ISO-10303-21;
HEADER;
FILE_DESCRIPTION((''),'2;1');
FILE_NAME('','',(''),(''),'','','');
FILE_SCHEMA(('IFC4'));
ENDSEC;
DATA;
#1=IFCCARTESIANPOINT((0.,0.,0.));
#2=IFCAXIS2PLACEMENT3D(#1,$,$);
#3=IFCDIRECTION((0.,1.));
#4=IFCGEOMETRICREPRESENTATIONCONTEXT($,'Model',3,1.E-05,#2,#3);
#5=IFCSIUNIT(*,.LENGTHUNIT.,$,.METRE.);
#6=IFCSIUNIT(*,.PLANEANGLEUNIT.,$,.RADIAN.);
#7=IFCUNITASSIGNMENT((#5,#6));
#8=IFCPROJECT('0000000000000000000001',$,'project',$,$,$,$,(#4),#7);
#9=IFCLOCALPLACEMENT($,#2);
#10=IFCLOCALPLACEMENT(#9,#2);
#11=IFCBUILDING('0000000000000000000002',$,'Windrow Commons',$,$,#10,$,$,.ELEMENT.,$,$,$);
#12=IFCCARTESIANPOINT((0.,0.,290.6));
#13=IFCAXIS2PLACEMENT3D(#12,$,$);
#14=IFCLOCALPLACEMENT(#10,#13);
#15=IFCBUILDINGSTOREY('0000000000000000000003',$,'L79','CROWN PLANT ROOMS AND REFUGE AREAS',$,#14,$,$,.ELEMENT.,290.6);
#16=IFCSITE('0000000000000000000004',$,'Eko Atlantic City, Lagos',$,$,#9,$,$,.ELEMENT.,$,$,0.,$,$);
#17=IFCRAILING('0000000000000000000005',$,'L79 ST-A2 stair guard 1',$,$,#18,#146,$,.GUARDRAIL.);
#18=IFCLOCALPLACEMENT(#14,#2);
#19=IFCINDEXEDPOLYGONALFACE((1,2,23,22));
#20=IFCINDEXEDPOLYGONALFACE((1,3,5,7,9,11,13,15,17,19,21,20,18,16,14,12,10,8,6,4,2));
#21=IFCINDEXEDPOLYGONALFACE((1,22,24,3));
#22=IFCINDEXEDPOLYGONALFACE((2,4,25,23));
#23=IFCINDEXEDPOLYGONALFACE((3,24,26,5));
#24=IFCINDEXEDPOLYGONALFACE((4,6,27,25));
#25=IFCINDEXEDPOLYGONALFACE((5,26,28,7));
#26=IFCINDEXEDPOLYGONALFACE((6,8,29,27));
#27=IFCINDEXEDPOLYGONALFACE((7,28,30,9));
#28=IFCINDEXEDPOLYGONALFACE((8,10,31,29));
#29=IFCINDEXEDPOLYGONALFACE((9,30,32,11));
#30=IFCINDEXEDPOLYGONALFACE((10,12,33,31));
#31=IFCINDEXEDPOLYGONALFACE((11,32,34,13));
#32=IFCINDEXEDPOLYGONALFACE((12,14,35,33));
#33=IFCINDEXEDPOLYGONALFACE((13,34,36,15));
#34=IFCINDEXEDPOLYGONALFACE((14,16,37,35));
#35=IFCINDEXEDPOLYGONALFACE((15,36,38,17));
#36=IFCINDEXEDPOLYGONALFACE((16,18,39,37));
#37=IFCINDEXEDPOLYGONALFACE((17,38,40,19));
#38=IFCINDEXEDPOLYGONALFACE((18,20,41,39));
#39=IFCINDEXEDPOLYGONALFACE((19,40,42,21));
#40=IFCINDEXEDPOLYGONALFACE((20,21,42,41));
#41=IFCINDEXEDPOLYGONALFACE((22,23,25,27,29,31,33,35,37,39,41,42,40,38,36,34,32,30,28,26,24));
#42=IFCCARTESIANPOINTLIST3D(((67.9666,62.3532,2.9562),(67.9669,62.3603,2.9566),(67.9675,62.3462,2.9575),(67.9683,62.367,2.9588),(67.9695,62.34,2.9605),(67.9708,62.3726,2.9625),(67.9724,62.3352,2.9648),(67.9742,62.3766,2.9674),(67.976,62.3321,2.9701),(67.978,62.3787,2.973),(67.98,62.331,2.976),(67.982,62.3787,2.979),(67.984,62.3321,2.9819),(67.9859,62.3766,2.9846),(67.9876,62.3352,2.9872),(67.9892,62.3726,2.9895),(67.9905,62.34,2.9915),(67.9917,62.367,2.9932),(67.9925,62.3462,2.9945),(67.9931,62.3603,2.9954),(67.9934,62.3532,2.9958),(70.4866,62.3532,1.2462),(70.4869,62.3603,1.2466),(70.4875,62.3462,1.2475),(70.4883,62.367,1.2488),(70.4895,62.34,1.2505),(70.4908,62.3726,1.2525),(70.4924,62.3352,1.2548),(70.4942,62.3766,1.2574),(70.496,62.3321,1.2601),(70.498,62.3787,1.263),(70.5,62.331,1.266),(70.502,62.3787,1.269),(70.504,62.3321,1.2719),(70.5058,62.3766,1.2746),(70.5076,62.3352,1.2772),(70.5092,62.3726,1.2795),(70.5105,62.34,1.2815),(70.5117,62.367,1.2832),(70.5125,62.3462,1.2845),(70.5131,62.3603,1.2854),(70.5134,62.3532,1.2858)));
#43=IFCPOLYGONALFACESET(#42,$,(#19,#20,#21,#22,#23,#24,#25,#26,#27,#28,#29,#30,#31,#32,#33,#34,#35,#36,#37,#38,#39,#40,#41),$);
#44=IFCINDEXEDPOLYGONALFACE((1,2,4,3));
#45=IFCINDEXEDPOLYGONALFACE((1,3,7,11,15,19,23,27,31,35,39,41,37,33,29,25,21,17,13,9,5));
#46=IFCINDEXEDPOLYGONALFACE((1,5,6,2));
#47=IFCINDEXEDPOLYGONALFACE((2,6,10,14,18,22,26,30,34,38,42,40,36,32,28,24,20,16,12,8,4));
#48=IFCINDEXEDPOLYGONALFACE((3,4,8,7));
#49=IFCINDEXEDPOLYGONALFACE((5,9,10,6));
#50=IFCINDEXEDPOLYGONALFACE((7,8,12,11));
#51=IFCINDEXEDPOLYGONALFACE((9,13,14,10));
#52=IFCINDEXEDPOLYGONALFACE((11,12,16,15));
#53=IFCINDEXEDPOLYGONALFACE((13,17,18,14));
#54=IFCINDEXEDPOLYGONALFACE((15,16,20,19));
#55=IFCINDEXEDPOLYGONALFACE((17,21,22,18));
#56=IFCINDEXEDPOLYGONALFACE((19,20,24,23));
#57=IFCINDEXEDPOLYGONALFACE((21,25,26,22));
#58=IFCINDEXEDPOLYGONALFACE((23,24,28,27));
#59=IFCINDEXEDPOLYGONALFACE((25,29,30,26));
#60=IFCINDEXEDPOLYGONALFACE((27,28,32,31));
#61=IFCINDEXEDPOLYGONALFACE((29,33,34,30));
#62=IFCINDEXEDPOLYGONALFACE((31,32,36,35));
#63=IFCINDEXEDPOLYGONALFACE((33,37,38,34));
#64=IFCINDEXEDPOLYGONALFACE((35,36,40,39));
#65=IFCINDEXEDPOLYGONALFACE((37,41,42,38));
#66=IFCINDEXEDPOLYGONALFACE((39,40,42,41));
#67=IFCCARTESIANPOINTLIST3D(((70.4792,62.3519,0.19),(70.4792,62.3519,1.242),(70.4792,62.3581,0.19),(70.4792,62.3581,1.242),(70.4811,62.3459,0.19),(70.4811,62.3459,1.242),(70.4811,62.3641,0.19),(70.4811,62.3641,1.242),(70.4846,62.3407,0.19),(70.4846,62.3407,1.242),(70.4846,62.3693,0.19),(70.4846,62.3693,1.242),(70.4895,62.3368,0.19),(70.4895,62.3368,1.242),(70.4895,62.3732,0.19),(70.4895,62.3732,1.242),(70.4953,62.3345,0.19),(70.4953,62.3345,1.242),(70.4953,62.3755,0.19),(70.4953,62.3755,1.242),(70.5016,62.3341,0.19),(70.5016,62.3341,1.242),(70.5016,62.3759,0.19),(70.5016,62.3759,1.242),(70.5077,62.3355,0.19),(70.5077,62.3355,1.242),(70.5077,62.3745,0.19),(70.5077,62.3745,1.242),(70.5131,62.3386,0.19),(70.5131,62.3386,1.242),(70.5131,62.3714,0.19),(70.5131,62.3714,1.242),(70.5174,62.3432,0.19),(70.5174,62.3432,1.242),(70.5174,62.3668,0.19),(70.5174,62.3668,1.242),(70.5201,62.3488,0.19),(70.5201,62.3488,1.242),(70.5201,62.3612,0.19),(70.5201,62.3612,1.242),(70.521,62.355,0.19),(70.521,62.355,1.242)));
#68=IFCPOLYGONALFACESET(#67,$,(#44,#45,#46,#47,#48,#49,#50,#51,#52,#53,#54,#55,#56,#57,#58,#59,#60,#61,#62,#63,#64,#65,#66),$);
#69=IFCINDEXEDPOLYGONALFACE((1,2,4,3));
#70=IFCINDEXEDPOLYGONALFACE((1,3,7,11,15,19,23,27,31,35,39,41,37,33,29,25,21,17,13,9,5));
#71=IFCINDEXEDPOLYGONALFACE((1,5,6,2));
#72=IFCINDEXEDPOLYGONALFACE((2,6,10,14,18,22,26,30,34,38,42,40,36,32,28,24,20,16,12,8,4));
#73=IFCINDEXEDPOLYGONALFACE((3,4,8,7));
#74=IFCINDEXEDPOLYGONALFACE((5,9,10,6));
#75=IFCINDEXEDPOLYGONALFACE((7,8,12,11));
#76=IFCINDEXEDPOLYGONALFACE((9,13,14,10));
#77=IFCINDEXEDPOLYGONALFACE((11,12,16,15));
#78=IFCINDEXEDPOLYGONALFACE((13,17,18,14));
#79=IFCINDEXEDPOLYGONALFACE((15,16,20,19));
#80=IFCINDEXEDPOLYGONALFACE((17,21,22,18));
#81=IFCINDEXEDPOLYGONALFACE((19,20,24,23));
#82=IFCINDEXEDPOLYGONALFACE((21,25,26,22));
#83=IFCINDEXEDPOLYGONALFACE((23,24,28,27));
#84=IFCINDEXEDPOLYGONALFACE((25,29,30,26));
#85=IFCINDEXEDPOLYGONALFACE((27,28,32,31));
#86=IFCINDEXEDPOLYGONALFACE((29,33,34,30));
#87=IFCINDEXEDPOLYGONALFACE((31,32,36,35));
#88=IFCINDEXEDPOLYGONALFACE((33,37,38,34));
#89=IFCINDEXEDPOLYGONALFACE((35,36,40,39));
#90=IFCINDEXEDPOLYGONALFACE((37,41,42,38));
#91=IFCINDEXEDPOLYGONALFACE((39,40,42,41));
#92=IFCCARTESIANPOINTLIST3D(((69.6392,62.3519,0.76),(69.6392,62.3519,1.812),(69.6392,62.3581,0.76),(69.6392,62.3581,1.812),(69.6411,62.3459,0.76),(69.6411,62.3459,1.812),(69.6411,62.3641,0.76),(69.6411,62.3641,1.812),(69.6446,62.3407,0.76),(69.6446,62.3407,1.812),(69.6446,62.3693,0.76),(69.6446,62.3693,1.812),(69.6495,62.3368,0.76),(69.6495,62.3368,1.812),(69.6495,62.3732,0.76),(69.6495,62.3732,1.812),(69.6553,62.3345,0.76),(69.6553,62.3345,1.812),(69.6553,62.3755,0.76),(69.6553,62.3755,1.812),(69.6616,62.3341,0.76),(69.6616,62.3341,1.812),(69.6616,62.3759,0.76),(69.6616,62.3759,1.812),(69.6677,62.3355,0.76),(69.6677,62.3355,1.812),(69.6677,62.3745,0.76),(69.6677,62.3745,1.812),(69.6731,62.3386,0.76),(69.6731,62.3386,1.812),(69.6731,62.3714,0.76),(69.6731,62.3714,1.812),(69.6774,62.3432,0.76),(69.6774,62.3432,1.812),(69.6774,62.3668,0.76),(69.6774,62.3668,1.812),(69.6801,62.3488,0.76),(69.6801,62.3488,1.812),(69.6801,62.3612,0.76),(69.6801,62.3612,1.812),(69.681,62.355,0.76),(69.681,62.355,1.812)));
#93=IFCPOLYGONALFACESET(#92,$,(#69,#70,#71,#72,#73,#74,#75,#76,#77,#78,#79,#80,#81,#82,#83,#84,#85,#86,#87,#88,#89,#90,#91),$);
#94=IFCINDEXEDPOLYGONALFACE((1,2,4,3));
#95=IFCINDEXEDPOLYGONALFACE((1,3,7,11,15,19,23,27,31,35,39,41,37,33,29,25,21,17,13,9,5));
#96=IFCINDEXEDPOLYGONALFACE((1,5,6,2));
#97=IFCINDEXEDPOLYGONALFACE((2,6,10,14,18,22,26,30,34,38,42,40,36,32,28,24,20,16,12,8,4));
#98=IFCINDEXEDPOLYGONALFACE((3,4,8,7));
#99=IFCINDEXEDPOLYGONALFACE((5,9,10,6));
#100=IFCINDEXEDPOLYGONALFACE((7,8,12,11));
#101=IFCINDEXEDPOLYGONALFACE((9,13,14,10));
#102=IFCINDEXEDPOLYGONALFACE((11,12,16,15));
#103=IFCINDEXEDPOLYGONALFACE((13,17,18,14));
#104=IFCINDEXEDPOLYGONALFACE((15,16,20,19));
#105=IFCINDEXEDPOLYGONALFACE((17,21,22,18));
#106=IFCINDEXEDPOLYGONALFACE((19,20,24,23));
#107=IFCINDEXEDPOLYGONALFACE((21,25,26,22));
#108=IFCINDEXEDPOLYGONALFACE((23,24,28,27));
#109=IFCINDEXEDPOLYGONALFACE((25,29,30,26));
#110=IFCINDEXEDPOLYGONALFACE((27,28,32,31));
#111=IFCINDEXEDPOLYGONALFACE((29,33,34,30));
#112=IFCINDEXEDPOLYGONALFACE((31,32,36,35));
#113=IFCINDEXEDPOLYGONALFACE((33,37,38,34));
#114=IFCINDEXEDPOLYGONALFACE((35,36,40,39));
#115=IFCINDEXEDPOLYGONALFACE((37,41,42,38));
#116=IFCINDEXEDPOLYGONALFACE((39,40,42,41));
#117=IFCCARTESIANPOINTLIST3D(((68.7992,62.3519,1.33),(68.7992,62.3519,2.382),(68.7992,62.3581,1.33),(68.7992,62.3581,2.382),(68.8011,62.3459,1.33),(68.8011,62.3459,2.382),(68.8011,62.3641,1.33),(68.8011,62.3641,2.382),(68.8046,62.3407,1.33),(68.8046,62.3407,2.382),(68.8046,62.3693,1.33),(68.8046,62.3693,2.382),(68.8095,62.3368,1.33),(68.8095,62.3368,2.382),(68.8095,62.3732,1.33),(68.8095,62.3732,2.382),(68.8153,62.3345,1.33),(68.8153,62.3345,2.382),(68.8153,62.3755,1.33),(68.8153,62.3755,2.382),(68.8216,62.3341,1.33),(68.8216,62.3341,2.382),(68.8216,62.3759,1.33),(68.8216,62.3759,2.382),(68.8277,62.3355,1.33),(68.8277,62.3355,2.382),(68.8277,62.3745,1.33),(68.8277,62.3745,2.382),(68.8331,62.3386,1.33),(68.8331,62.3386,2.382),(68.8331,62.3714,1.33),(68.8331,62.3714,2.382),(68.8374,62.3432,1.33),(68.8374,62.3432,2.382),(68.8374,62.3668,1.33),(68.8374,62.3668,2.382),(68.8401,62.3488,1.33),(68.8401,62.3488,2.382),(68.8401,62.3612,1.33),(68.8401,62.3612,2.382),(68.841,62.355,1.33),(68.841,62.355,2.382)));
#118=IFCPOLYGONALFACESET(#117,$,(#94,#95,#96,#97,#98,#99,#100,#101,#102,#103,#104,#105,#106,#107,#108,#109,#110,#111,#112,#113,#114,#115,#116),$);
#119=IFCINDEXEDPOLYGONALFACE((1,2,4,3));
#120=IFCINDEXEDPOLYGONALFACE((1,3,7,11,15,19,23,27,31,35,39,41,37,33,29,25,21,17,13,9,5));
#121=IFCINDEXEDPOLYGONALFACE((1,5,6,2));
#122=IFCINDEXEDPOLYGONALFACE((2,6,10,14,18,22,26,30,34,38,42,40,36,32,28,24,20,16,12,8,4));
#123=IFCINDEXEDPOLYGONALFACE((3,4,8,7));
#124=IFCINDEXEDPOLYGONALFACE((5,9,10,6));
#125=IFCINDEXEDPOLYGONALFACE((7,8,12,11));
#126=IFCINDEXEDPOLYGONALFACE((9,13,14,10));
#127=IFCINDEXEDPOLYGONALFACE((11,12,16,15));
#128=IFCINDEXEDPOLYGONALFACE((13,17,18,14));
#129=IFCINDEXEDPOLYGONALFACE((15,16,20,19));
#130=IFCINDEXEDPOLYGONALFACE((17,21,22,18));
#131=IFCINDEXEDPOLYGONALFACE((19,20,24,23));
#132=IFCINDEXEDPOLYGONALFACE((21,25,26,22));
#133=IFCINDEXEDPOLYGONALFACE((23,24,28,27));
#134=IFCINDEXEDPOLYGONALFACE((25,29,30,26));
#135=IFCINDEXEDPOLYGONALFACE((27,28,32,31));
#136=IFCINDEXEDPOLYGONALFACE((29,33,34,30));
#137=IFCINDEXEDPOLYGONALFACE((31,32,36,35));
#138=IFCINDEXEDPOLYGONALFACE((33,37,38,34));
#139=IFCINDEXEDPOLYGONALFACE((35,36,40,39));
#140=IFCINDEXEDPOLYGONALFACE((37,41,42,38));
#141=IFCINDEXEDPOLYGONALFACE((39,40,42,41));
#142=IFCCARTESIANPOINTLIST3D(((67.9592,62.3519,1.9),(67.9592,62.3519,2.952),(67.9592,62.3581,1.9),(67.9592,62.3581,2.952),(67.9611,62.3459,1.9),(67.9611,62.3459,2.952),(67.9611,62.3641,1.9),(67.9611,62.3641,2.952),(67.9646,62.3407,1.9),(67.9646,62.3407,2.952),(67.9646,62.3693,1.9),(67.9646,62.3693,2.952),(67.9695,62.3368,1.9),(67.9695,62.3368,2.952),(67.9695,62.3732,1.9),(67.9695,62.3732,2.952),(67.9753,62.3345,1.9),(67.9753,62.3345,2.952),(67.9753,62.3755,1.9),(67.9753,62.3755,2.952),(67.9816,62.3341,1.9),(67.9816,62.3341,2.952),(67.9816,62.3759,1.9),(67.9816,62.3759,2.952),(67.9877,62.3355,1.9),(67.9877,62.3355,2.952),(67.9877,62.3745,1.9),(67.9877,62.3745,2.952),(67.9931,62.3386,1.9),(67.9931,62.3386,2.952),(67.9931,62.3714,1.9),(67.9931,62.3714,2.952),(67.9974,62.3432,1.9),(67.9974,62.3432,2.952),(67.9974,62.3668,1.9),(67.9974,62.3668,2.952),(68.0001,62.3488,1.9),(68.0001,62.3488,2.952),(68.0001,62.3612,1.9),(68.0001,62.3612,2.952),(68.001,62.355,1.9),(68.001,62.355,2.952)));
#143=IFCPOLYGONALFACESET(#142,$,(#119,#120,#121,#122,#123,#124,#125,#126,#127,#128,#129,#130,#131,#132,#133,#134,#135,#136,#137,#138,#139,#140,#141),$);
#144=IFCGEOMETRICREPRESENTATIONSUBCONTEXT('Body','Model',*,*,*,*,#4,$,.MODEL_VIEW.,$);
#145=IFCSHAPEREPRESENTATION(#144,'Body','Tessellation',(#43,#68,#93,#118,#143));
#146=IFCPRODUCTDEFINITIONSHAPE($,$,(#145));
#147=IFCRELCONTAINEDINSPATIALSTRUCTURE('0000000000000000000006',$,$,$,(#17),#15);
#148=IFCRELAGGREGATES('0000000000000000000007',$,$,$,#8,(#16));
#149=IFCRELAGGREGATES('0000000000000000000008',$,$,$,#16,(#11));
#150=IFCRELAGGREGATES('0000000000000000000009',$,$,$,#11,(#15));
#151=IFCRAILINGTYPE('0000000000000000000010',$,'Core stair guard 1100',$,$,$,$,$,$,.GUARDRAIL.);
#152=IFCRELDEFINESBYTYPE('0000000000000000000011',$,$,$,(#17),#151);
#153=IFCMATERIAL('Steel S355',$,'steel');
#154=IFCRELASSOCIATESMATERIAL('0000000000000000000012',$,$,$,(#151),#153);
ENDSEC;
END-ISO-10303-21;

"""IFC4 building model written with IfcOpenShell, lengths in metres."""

from ifc_helpers import new_model, si_unit, direction, frame, origin, origin_2d, place, context, subcontext, project, spatial, circle, extrude, material, type_object, element, save


model = new_model("IFC4")

# Units and contexts
model_context = context("Model", 3, precision=1e-05, world=origin(), true_north=direction((0.0, 1.0)))
body_context = subcontext(model_context, "Body", "Model", "MODEL_VIEW")
ifc_project = project(units=[si_unit("LENGTHUNIT", "METRE"), si_unit("PLANEANGLEUNIT", "RADIAN")], contexts=[model_context])

# Site, building, storey
site_placement = place(None, origin())
site = spatial("IfcSite", under=ifc_project, at=site_placement, Name="Eko Atlantic City, Lagos", CompositionType="ELEMENT", RefElevation=0.0)
building_placement = place(site_placement, origin())
building = spatial("IfcBuilding", under=site, at=building_placement, Name="Windrow Commons", CompositionType="ELEMENT")
storey_placement = place(building_placement, frame((0.0, 0.0, 290.6)))
storey = spatial("IfcBuildingStorey", under=building, at=storey_placement, Name="L79", Description="CROWN PLANT ROOMS AND REFUGE AREAS", CompositionType="ELEMENT", Elevation=290.6)

# Railing
ifc_material_1 = material(Name="Steel S355", Category="steel")
railing_type_1 = type_object("IfcRailingType", Name="Core stair guard 1100", PredefinedType="GUARDRAIL", material=ifc_material_1)
railing_1_placement = place(storey_placement, frame((70.5, 62.355, 0.19)))
element("IfcRailing", 1, at=railing_1_placement, inside=storey, type_object=railing_type_1, Name="L79 ST-A2 stair guard 1", PredefinedType="GUARDRAIL", context=body_context, shape_type="SweptSolid", body=[
    extrude(circle(Radius=0.024, at=origin_2d()), frame((0.0, 0.0, 1.076), z_axis=(-0.827476, 0.0, 0.561501), x_axis=(0.0, -1.0, 0.0)), (0.0, 0.0, 1.0), 3.0454),
    extrude(circle(Radius=0.021, at=origin_2d()), origin(), (0.0, 0.0, 1.0), 1.052),
    extrude(circle(Radius=0.021, at=origin_2d()), frame((-0.84, 0.0, 0.57)), (0.0, 0.0, 1.0), 1.052),
    extrude(circle(Radius=0.021, at=origin_2d()), frame((-1.68, 0.0, 1.14)), (0.0, 0.0, 1.0), 1.052),
    extrude(circle(Radius=0.021, at=origin_2d()), frame((-2.52, 0.0, 1.71)), (0.0, 0.0, 1.0), 1.052),
])

save(model, "model.ifc")
